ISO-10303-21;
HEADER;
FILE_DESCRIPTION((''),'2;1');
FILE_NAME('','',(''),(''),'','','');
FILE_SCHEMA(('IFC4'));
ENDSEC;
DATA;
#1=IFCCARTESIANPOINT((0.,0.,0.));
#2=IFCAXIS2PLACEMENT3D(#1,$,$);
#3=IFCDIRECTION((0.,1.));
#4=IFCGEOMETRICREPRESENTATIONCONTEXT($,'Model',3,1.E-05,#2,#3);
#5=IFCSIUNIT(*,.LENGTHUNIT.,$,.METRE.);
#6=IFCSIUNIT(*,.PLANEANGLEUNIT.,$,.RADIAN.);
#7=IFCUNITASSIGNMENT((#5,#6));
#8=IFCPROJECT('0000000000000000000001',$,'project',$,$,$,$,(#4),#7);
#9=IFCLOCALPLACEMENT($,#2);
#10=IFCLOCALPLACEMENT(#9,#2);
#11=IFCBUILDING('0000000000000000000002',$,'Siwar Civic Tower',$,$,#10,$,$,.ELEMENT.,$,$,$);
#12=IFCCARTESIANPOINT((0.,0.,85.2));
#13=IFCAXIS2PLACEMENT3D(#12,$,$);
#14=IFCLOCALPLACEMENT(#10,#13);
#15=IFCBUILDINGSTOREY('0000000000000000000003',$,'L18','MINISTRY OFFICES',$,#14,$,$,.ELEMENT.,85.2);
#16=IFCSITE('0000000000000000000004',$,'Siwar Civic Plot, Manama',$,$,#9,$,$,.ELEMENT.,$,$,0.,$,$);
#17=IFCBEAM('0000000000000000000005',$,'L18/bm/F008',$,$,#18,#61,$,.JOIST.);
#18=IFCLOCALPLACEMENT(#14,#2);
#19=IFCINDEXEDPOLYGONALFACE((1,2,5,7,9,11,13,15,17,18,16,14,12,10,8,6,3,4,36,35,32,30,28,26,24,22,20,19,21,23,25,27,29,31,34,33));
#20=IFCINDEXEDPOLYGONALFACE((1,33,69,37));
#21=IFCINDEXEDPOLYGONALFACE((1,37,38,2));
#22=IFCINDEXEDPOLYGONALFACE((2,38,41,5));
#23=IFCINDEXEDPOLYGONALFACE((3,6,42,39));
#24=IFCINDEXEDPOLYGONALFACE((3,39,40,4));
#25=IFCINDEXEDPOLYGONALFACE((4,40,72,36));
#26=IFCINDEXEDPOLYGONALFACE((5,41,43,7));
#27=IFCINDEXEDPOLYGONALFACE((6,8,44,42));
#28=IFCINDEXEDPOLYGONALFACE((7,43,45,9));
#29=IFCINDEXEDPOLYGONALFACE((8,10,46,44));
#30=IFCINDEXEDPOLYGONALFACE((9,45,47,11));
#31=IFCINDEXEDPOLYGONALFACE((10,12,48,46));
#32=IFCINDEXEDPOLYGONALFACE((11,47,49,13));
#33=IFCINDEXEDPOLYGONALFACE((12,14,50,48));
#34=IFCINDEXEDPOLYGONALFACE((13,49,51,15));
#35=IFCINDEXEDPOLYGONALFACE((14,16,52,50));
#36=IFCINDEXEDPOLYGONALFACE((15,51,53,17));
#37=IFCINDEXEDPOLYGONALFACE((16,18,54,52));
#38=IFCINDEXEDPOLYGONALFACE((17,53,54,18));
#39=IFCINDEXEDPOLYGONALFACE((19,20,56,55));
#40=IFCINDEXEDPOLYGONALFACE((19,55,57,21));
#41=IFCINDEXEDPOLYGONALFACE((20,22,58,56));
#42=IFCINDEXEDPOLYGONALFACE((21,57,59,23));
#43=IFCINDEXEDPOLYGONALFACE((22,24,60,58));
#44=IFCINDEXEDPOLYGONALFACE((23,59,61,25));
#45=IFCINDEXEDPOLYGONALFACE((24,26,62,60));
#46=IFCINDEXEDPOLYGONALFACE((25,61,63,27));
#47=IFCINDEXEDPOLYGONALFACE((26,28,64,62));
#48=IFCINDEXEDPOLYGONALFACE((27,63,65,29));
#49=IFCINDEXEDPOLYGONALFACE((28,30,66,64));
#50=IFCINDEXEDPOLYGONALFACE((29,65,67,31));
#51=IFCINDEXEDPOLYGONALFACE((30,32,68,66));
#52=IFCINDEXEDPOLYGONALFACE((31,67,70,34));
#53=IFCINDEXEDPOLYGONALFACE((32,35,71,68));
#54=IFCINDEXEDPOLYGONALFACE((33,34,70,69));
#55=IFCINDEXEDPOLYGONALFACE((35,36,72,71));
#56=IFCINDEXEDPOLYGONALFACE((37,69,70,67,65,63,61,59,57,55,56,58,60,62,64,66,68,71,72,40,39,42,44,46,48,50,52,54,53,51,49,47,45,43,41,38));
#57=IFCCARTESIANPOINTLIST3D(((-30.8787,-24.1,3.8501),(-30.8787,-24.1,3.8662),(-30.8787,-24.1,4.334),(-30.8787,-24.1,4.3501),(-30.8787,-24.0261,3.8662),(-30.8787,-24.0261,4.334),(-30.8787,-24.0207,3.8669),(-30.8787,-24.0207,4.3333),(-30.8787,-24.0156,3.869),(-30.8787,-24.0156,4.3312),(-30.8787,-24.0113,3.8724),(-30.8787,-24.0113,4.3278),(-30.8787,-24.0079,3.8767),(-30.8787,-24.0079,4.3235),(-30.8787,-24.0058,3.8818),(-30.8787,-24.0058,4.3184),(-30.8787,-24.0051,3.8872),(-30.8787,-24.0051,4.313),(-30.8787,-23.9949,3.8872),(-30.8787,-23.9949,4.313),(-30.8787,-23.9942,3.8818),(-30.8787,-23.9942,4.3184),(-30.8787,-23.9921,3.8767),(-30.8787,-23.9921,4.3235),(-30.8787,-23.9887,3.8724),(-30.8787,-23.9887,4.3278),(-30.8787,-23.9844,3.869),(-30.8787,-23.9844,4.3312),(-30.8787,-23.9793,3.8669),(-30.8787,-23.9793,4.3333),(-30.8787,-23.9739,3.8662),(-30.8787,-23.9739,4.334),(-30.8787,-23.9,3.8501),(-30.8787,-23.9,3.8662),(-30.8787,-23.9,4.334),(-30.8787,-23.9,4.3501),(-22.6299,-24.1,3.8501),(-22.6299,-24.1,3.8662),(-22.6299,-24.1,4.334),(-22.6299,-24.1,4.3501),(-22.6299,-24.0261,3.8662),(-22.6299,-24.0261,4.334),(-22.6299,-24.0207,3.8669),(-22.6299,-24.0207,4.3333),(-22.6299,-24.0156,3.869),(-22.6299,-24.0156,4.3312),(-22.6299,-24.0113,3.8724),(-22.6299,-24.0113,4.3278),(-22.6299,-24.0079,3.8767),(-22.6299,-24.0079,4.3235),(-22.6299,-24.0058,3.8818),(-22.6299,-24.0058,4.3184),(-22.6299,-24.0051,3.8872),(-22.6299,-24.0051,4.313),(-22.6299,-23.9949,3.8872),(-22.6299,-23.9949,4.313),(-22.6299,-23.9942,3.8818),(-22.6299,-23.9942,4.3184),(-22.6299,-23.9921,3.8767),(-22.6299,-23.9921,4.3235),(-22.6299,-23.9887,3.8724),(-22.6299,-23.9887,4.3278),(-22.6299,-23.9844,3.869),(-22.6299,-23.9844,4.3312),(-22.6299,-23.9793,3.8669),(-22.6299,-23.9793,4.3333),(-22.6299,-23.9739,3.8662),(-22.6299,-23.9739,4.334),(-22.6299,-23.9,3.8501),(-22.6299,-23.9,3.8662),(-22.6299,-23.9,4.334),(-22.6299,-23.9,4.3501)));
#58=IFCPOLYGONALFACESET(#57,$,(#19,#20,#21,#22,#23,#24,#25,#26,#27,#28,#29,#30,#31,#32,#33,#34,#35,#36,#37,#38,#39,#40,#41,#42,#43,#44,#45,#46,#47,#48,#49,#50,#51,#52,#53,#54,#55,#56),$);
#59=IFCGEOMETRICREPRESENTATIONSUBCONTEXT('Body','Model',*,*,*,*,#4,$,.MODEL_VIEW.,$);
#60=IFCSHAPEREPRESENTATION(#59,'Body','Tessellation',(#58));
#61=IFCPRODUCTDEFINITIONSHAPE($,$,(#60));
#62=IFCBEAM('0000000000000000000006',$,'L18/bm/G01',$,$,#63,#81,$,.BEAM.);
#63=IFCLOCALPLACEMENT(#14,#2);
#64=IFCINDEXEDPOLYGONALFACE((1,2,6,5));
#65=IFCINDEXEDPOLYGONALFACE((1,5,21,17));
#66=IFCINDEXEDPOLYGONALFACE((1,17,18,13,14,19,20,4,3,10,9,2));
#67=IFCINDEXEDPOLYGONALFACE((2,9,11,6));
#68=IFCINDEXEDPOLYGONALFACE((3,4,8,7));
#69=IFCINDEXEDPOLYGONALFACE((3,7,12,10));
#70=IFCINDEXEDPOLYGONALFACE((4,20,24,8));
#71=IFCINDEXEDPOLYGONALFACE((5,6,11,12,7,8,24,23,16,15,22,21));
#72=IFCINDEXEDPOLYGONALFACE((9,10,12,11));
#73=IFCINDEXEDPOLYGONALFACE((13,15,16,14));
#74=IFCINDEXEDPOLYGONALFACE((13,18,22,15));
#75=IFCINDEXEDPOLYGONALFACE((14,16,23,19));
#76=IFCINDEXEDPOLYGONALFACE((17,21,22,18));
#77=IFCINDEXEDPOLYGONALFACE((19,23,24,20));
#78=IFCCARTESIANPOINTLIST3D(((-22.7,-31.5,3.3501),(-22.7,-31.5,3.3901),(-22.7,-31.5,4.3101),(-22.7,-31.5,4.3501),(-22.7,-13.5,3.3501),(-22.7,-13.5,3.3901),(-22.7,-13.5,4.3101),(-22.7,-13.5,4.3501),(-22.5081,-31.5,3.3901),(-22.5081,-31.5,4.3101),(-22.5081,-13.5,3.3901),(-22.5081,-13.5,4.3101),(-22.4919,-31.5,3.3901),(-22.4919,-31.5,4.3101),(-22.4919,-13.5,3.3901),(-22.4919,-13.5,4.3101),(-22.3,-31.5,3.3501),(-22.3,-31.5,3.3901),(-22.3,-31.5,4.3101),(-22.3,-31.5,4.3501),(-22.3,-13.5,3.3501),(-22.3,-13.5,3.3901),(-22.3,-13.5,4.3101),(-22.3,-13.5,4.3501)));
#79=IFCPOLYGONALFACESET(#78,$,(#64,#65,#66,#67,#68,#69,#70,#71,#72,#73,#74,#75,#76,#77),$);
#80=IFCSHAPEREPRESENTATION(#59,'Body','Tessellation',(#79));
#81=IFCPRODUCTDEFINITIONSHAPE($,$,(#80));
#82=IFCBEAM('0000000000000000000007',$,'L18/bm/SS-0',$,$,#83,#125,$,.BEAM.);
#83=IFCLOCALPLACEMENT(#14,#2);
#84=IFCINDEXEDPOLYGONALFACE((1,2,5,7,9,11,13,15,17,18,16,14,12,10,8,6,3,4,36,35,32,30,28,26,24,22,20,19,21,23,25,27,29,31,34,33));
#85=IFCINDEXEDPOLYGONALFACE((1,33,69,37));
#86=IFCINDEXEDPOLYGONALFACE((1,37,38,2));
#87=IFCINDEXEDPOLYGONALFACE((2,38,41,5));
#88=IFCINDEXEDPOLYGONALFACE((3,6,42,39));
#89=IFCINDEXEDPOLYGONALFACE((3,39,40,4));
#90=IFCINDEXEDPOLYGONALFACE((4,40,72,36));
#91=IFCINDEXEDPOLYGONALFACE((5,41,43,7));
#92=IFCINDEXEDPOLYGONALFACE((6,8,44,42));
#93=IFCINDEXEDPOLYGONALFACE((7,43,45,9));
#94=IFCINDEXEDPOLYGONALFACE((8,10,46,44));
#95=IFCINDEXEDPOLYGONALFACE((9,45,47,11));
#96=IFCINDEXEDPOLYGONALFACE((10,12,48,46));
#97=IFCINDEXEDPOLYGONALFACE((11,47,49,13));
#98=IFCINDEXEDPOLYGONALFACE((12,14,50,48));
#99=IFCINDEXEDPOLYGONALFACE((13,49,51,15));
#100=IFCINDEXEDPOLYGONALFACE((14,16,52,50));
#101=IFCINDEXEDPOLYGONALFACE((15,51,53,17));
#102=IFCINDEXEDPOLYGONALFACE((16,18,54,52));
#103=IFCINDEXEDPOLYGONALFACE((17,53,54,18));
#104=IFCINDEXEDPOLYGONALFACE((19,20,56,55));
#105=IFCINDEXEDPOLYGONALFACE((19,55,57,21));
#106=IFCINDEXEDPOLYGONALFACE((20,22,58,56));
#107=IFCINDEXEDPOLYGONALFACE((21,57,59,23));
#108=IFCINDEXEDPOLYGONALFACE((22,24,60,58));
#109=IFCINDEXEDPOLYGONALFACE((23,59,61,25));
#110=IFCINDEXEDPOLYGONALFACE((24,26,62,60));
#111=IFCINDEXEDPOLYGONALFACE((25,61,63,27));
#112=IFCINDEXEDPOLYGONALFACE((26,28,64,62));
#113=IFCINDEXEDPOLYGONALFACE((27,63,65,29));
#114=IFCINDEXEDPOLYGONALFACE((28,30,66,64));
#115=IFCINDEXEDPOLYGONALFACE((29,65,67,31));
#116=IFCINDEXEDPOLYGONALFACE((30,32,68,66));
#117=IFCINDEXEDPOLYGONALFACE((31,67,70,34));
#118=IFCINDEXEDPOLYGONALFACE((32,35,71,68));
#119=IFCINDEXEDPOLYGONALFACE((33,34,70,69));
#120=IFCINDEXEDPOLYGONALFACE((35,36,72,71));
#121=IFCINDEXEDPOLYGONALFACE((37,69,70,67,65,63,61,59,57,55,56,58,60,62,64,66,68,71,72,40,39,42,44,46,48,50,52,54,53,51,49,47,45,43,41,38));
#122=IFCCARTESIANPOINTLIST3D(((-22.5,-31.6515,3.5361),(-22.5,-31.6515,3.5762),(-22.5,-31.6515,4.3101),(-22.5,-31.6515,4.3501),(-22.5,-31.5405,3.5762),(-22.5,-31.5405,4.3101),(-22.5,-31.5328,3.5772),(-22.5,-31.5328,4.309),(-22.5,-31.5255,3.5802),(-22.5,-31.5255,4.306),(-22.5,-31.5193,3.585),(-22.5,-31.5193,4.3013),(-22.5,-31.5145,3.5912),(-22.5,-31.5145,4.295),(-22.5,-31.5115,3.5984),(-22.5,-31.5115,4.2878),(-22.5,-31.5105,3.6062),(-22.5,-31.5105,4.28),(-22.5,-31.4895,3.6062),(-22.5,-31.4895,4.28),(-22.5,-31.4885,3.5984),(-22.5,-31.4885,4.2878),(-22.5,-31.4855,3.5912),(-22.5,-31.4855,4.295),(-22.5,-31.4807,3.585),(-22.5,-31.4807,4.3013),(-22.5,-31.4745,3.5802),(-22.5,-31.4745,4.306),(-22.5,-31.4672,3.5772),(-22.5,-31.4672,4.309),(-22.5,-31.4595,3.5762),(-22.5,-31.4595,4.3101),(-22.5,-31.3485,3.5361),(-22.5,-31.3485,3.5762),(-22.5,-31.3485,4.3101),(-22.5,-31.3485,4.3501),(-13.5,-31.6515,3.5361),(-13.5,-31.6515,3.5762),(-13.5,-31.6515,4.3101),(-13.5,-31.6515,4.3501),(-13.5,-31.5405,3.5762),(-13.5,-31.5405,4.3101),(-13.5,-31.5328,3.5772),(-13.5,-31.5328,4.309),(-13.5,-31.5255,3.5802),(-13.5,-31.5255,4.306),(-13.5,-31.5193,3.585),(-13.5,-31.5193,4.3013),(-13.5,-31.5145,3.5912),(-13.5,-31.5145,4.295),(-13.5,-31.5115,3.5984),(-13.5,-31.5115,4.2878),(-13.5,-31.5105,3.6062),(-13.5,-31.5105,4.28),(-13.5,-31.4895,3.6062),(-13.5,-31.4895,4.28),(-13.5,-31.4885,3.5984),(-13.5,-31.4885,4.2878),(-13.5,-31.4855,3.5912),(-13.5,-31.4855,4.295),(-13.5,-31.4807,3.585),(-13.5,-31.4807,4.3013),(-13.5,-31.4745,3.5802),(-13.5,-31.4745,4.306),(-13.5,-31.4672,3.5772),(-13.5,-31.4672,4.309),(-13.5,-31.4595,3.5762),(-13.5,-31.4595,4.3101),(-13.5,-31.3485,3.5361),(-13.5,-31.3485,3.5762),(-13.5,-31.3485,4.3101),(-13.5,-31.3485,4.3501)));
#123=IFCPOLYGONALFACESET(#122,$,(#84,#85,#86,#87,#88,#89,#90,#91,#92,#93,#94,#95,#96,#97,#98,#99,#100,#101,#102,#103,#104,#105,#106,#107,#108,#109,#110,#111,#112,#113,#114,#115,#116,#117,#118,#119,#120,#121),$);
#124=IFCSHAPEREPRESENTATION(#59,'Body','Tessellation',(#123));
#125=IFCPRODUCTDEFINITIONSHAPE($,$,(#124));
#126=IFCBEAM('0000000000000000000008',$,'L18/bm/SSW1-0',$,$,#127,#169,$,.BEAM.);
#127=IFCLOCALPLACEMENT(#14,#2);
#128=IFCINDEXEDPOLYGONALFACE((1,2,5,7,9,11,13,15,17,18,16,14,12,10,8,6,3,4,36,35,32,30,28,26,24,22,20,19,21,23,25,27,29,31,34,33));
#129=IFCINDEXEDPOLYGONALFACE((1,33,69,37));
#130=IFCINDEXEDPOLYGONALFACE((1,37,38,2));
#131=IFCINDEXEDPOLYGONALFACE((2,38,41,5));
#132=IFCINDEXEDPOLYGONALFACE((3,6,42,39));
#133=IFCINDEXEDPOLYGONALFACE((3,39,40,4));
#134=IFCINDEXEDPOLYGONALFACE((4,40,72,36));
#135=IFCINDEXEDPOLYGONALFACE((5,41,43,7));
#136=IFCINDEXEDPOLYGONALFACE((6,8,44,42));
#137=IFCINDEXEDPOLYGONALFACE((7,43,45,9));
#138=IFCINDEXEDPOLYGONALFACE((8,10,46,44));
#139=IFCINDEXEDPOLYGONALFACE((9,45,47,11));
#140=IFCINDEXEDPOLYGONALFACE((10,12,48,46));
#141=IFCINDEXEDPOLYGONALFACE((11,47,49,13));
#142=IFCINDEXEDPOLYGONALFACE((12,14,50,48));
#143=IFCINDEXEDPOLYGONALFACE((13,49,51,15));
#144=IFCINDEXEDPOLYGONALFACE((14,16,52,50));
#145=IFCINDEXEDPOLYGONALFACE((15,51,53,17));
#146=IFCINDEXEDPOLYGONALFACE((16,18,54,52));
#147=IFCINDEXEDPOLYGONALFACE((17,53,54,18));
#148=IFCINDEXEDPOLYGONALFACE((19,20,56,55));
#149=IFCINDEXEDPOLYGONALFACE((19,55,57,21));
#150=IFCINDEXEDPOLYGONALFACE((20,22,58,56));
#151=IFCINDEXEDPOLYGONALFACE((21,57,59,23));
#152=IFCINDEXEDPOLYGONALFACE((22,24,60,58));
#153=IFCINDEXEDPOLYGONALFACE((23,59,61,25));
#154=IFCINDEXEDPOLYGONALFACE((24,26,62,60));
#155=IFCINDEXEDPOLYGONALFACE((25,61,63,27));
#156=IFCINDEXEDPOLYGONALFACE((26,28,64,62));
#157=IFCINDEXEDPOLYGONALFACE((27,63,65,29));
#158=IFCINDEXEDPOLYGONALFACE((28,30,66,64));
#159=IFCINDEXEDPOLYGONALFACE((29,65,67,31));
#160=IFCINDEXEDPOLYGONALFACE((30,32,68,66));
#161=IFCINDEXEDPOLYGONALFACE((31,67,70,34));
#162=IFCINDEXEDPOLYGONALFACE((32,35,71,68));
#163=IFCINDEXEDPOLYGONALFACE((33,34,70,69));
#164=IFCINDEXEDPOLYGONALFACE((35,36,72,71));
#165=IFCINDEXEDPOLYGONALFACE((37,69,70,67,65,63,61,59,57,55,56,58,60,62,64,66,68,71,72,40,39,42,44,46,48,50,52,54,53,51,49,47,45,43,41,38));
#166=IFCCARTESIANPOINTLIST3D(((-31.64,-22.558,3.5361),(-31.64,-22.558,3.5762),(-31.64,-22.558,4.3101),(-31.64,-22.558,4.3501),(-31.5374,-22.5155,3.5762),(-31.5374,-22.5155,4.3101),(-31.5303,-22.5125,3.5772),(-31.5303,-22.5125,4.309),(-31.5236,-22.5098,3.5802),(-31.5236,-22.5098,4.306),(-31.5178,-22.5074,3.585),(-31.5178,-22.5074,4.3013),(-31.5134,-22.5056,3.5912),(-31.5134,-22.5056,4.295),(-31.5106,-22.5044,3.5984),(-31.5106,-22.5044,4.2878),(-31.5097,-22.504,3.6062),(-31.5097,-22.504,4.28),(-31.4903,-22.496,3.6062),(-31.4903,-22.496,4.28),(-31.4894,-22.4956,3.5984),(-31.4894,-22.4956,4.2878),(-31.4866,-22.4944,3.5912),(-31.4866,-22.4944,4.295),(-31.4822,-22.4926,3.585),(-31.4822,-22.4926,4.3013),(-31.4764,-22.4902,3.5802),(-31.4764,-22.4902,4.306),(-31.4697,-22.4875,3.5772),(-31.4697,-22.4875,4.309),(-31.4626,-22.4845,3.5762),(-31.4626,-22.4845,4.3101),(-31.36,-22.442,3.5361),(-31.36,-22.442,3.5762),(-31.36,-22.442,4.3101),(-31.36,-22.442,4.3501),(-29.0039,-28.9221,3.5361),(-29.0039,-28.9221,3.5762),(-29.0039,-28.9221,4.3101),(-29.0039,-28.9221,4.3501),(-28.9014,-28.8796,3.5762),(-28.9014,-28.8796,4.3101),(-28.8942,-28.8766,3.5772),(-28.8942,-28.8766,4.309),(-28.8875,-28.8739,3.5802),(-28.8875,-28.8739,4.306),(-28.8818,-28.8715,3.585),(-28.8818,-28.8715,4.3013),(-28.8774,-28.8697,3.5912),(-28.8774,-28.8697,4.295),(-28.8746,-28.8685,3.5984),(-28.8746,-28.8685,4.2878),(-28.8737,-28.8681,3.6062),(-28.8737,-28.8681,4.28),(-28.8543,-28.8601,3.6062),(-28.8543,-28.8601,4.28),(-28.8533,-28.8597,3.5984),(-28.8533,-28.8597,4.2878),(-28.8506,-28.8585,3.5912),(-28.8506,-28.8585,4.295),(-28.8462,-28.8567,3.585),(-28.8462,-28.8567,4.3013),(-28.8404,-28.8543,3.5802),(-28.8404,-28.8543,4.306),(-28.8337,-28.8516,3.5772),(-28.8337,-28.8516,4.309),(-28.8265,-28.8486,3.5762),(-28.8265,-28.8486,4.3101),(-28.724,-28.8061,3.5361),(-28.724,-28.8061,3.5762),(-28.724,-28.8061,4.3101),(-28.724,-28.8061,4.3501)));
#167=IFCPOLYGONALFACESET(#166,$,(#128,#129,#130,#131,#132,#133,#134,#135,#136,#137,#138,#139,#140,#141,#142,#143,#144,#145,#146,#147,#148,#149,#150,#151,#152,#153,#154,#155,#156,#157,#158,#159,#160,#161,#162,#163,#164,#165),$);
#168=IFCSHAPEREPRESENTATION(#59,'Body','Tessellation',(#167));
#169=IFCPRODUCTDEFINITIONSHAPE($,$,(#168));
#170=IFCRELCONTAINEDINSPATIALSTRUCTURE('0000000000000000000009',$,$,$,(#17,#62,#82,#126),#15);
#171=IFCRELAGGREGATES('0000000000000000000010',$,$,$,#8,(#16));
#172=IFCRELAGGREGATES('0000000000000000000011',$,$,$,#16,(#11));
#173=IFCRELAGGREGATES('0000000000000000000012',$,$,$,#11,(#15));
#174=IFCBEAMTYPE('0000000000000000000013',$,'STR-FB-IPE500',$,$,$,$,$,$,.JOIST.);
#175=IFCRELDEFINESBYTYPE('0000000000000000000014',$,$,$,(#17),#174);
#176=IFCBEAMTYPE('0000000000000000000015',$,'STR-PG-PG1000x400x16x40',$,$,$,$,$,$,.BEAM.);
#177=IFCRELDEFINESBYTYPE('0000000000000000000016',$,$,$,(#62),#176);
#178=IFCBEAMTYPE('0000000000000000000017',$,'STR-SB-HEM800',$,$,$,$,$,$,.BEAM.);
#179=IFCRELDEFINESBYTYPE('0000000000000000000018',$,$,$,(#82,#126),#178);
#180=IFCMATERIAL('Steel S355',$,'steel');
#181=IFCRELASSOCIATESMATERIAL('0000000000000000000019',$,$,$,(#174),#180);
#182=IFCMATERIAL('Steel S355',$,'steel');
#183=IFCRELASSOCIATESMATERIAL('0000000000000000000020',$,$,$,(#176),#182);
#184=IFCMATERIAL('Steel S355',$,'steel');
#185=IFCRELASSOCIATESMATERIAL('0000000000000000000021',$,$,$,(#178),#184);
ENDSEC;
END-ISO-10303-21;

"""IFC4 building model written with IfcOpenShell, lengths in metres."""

from ifc_helpers import new_model, si_unit, direction, frame, origin, origin_2d, place, context, subcontext, project, spatial, i_section, extrude, material, material_profile, profile_set, type_object, element, save


model = new_model("IFC4")

# Units and contexts
model_context = context("Model", 3, precision=1e-05, world=origin(), true_north=direction((0.0, 1.0)))
body_context = subcontext(model_context, "Body", "Model", "MODEL_VIEW")
ifc_project = project(units=[si_unit("LENGTHUNIT", "METRE"), si_unit("PLANEANGLEUNIT", "RADIAN")], contexts=[model_context])

# Site, building, storey
site_placement = place(None, origin())
site = spatial("IfcSite", under=ifc_project, at=site_placement, Name="Siwar Civic Plot, Manama", CompositionType="ELEMENT", RefElevation=0.0)
building_placement = place(site_placement, origin())
building = spatial("IfcBuilding", under=site, at=building_placement, Name="Siwar Civic Tower", CompositionType="ELEMENT")
storey_placement = place(building_placement, frame((0.0, 0.0, 85.2)))
storey = spatial("IfcBuildingStorey", under=building, at=storey_placement, Name="L18", Description="MINISTRY OFFICES", CompositionType="ELEMENT", Elevation=85.2)

# Beams
ifc_material_1 = material(Name="Steel S355", Category="steel")
ifc_material_profile_1 = material_profile(ifc_material_1, i_section(OverallWidth=0.2, OverallDepth=0.5, WebThickness=0.0103, FlangeThickness=0.0161, FilletRadius=0.021, at=origin_2d()), Name="IPE500")
ifc_profile_set_1 = profile_set([ifc_material_profile_1], Name="Steel S355")
beam_type_1 = type_object("IfcBeamType", Name="STR-FB-IPE500", PredefinedType="JOIST", material=ifc_profile_set_1)
beam_1_placement = place(storey_placement, frame((-30.8787, -24.0, 4.1001), z_axis=(1.0, 0.0, 0.0), x_axis=(0.0, 1.0, 0.0)))
element("IfcBeam", 1, at=beam_1_placement, inside=storey, type_object=beam_type_1, Name="L18/bm/F008", PredefinedType="JOIST", context=body_context, shape_type="SweptSolid", body=[
    extrude(i_section(OverallWidth=0.2, OverallDepth=0.5, WebThickness=0.0103, FlangeThickness=0.0161, FilletRadius=0.021, at=origin_2d()), origin(), (0.0, 0.0, 1.0), 8.2488),
])
ifc_material_2 = material(Name="Steel S355", Category="steel")
ifc_material_profile_2 = material_profile(ifc_material_2, i_section(OverallWidth=0.3999, OverallDepth=1.0, WebThickness=0.0161, FlangeThickness=0.04, at=origin_2d()), Name="PG1000x400x16x40")
ifc_profile_set_2 = profile_set([ifc_material_profile_2], Name="Steel S355")
beam_type_2 = type_object("IfcBeamType", Name="STR-PG-PG1000x400x16x40", PredefinedType="BEAM", material=ifc_profile_set_2)
beam_2_placement = place(storey_placement, frame((-22.5, -31.5, 3.8501), z_axis=(0.0, 1.0, 0.0), x_axis=(-1.0, 0.0, 0.0)))
element("IfcBeam", 2, at=beam_2_placement, inside=storey, type_object=beam_type_2, Name="L18/bm/G01", PredefinedType="BEAM", context=body_context, shape_type="SweptSolid", body=[
    extrude(i_section(OverallWidth=0.3999, OverallDepth=1.0, WebThickness=0.0161, FlangeThickness=0.04, at=origin_2d()), origin(), (0.0, 0.0, 1.0), 18.0),
])
ifc_material_3 = material(Name="Steel S355", Category="steel")
ifc_material_profile_3 = material_profile(ifc_material_3, i_section(OverallWidth=0.303, OverallDepth=0.814, WebThickness=0.021, FlangeThickness=0.04, FilletRadius=0.03, at=origin_2d()), Name="HEM800")
ifc_profile_set_3 = profile_set([ifc_material_profile_3], Name="Steel S355")
beam_type_3 = type_object("IfcBeamType", Name="STR-SB-HEM800", PredefinedType="BEAM", material=ifc_profile_set_3)
beam_3_placement = place(storey_placement, frame((-22.5, -31.5, 3.9431), z_axis=(1.0, 0.0, 0.0), x_axis=(0.0, 1.0, 0.0)))
element("IfcBeam", 3, at=beam_3_placement, inside=storey, type_object=beam_type_3, Name="L18/bm/SS-0", PredefinedType="BEAM", context=body_context, shape_type="SweptSolid", body=[
    extrude(i_section(OverallWidth=0.303, OverallDepth=0.814, WebThickness=0.021, FlangeThickness=0.04, FilletRadius=0.03, at=origin_2d()), origin(), (0.0, 0.0, 1.0), 9.0),
])
for number, where, z_axis, x_axis, name in (
    (4, (-31.5, -22.5, 3.9431), (0.382674, -0.923883, 0.0), (0.923883, 0.382674, 0.0), "L18/bm/SSW1-0"),
):
    element("IfcBeam", number, at=place(storey_placement, frame(where, z_axis=z_axis, x_axis=x_axis)), inside=storey, type_object=beam_type_3, Name=name, PredefinedType="BEAM", context=body_context, shape_type="SweptSolid", body=[
        extrude(i_section(OverallWidth=0.303, OverallDepth=0.814, WebThickness=0.021, FlangeThickness=0.04, FilletRadius=0.03, at=origin_2d()), origin(), (0.0, 0.0, 1.0), 6.8884),
    ])

save(model, "model.ifc")
